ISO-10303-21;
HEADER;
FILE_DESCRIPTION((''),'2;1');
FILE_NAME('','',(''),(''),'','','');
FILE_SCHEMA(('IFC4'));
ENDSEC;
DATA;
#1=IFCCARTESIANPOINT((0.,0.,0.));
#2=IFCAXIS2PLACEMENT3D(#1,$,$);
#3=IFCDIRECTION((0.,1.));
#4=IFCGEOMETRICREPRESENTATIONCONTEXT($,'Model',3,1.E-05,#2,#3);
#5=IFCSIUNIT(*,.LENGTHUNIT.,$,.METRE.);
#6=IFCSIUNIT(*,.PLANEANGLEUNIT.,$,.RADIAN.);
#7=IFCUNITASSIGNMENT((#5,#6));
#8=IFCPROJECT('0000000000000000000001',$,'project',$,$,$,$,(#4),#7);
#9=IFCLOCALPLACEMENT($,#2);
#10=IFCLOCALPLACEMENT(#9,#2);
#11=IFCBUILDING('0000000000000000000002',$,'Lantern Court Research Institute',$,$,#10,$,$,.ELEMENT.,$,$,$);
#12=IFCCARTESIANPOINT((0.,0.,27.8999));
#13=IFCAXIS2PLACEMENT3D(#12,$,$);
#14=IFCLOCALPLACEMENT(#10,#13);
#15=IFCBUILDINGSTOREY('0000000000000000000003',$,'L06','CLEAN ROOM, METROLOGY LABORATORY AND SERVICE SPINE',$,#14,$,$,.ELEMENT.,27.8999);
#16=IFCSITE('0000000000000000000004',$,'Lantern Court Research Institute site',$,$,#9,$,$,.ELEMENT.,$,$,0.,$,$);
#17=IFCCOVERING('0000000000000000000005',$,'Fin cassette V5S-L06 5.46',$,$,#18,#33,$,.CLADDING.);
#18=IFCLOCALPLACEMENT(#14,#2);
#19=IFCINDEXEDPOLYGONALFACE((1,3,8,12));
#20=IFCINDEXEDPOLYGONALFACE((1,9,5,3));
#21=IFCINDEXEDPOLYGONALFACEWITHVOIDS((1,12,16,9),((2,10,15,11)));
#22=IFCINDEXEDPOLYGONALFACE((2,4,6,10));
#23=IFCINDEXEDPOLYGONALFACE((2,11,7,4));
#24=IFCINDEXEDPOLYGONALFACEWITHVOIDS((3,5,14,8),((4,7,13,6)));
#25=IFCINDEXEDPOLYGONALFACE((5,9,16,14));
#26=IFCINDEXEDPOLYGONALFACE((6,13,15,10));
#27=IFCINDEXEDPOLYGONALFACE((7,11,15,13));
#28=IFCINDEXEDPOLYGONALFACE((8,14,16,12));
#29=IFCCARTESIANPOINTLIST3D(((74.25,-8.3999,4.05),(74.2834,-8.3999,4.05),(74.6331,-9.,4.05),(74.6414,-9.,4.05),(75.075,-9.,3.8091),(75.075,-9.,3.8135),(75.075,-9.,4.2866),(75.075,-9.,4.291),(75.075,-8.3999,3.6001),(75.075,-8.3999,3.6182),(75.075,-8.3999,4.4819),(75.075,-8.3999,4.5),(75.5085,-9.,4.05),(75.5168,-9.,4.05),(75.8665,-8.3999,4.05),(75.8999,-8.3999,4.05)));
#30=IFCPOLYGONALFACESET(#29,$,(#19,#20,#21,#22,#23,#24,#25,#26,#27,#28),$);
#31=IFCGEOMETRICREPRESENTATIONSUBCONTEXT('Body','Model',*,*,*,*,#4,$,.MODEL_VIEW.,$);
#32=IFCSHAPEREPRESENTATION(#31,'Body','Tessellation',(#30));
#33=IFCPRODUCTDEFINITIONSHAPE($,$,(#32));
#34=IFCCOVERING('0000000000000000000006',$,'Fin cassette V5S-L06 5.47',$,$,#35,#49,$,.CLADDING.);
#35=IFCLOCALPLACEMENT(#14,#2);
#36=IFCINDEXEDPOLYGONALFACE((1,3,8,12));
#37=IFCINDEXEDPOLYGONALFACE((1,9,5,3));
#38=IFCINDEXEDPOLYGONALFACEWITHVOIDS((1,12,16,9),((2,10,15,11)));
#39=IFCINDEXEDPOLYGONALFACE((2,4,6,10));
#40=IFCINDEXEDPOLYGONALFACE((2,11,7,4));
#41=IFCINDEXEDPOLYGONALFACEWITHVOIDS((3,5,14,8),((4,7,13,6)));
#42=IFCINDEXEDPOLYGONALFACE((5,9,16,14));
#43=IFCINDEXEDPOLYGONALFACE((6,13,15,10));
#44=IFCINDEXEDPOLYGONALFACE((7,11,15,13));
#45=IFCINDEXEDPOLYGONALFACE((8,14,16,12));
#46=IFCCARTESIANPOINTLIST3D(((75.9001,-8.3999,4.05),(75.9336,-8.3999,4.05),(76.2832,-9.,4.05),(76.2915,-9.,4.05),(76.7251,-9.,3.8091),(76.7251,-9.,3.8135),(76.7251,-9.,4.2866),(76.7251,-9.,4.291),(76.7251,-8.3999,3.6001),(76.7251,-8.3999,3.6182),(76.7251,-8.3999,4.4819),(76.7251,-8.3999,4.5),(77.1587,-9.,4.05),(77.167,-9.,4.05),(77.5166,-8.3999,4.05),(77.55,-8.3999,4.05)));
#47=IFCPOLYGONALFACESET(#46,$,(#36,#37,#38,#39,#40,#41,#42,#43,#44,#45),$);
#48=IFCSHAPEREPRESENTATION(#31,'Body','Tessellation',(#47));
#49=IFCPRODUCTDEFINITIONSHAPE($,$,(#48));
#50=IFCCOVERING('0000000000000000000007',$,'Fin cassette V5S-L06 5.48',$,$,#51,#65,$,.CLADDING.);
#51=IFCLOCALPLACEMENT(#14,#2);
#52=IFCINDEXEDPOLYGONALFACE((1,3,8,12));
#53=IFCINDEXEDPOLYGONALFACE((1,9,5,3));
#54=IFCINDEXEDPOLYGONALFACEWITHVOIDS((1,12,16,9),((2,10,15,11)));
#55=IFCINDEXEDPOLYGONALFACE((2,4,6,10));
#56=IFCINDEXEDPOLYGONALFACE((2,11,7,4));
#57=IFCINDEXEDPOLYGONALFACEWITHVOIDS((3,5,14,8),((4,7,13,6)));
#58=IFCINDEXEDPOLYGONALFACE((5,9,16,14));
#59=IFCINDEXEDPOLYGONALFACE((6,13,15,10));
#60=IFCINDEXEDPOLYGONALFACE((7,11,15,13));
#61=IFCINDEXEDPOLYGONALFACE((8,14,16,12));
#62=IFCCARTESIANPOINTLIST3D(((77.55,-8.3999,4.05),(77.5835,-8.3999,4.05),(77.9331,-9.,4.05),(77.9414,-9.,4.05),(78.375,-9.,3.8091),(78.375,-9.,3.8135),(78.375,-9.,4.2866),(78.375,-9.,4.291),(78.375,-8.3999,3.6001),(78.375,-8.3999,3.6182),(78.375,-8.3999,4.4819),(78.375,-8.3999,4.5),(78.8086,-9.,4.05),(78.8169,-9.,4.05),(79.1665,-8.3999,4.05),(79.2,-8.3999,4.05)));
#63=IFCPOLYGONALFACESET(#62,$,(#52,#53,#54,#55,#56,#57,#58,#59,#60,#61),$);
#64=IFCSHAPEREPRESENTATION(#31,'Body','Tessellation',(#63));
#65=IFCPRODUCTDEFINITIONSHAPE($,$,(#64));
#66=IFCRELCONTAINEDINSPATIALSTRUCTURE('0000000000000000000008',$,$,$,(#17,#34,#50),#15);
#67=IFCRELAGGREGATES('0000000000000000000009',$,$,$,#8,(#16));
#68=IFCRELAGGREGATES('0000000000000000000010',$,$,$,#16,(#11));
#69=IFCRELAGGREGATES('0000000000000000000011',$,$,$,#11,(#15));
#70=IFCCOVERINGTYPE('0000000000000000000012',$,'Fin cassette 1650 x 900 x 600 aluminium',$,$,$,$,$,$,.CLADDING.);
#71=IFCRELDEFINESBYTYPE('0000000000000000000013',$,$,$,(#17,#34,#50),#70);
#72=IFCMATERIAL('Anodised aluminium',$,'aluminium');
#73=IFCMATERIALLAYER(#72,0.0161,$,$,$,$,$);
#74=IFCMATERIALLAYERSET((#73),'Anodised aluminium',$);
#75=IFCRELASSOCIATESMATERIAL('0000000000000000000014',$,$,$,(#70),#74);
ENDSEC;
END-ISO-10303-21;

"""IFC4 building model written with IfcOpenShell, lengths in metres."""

from ifc_helpers import new_model, entity, si_unit, direction, frame, origin, place, context, subcontext, project, spatial, material, layer, layer_set, type_object, element, save


model = new_model("IFC4")

# Units and contexts
model_context = context("Model", 3, precision=1e-05, world=origin(), true_north=direction((0.0, 1.0)))
body_context = subcontext(model_context, "Body", "Model", "MODEL_VIEW")
ifc_project = project(units=[si_unit("LENGTHUNIT", "METRE"), si_unit("PLANEANGLEUNIT", "RADIAN")], contexts=[model_context])

# Site, building, storey
site_placement = place(None, origin())
site = spatial("IfcSite", under=ifc_project, at=site_placement, Name="Lantern Court Research Institute site", CompositionType="ELEMENT", RefElevation=0.0)
building_placement = place(site_placement, origin())
building = spatial("IfcBuilding", under=site, at=building_placement, Name="Lantern Court Research Institute", CompositionType="ELEMENT")
storey_placement = place(building_placement, frame((0.0, 0.0, 27.8999)))
storey = spatial("IfcBuildingStorey", under=building, at=storey_placement, Name="L06", Description="CLEAN ROOM, METROLOGY LABORATORY AND SERVICE SPINE", CompositionType="ELEMENT", Elevation=27.8999)

# Coverings
ifc_material_1 = material(Name="Anodised aluminium", Category="aluminium")
ifc_layer_1 = layer(ifc_material_1, 0.0161)
ifc_layer_set_1 = layer_set([ifc_layer_1], Name="Anodised aluminium")
covering_type = type_object("IfcCoveringType", Name="Fin cassette 1650 x 900 x 600 aluminium", PredefinedType="CLADDING", material=ifc_layer_set_1)
covering_1_placement = place(storey_placement, frame((75.075, -8.3999, 4.05), z_axis=(0.0, -1.0, 0.0), x_axis=(1.0, 0.0, 0.0)))
cartesian_point_1 = entity("IfcCartesianPoint", [0.825, 0.0])
cartesian_point_2 = entity("IfcCartesianPoint", [0.7915, 0.0])
cartesian_point_3 = entity("IfcCartesianPoint", [0.4419, 0.0])
cartesian_point_4 = entity("IfcCartesianPoint", [0.4336, 0.0])
element("IfcCovering", 1, at=covering_1_placement, inside=storey, type_object=covering_type, Name="Fin cassette V5S-L06 5.46", PredefinedType="CLADDING", context=body_context, shape_type="SweptSolid", body=[
    entity("IfcExtrudedAreaSolidTapered", entity("IfcArbitraryProfileDefWithVoids", "AREA", None, entity("IfcPolyline", [cartesian_point_1, entity("IfcCartesianPoint", [0.0, 0.45]), entity("IfcCartesianPoint", [-0.825, 0.0]), entity("IfcCartesianPoint", [0.0, -0.45]), cartesian_point_1]), [entity("IfcPolyline", [cartesian_point_2, entity("IfcCartesianPoint", [0.0, 0.4319]), entity("IfcCartesianPoint", [-0.7915, 0.0]), entity("IfcCartesianPoint", [0.0, -0.4319]), cartesian_point_2])]), entity("IfcAxis2Placement3D", entity("IfcCartesianPoint", [0.0, 0.0, 0.0])), entity("IfcDirection", [0.0, 0.0, 1.0]), 0.6001, entity("IfcArbitraryProfileDefWithVoids", "AREA", None, entity("IfcPolyline", [cartesian_point_3, entity("IfcCartesianPoint", [0.0, 0.241]), entity("IfcCartesianPoint", [-0.4419, 0.0]), entity("IfcCartesianPoint", [0.0, -0.241]), cartesian_point_3]), [entity("IfcPolyline", [cartesian_point_4, entity("IfcCartesianPoint", [0.0, 0.2366]), entity("IfcCartesianPoint", [-0.4336, 0.0]), entity("IfcCartesianPoint", [0.0, -0.2366]), cartesian_point_4])])),
])
covering_2_placement = place(storey_placement, frame((76.7251, -8.3999, 4.05), z_axis=(0.0, -1.0, 0.0), x_axis=(1.0, 0.0, 0.0)))
cartesian_point_5 = entity("IfcCartesianPoint", [0.825, 0.0])
cartesian_point_6 = entity("IfcCartesianPoint", [0.7915, 0.0])
cartesian_point_7 = entity("IfcCartesianPoint", [0.4419, 0.0])
cartesian_point_8 = entity("IfcCartesianPoint", [0.4336, 0.0])
element("IfcCovering", 2, at=covering_2_placement, inside=storey, type_object=covering_type, Name="Fin cassette V5S-L06 5.47", PredefinedType="CLADDING", context=body_context, shape_type="SweptSolid", body=[
    entity("IfcExtrudedAreaSolidTapered", entity("IfcArbitraryProfileDefWithVoids", "AREA", None, entity("IfcPolyline", [cartesian_point_5, entity("IfcCartesianPoint", [0.0, 0.45]), entity("IfcCartesianPoint", [-0.825, 0.0]), entity("IfcCartesianPoint", [0.0, -0.45]), cartesian_point_5]), [entity("IfcPolyline", [cartesian_point_6, entity("IfcCartesianPoint", [0.0, 0.4319]), entity("IfcCartesianPoint", [-0.7915, 0.0]), entity("IfcCartesianPoint", [0.0, -0.4319]), cartesian_point_6])]), entity("IfcAxis2Placement3D", entity("IfcCartesianPoint", [0.0, 0.0, 0.0])), entity("IfcDirection", [0.0, 0.0, 1.0]), 0.6001, entity("IfcArbitraryProfileDefWithVoids", "AREA", None, entity("IfcPolyline", [cartesian_point_7, entity("IfcCartesianPoint", [0.0, 0.241]), entity("IfcCartesianPoint", [-0.4419, 0.0]), entity("IfcCartesianPoint", [0.0, -0.241]), cartesian_point_7]), [entity("IfcPolyline", [cartesian_point_8, entity("IfcCartesianPoint", [0.0, 0.2366]), entity("IfcCartesianPoint", [-0.4336, 0.0]), entity("IfcCartesianPoint", [0.0, -0.2366]), cartesian_point_8])])),
])
covering_3_placement = place(storey_placement, frame((78.375, -8.3999, 4.05), z_axis=(0.0, -1.0, 0.0), x_axis=(1.0, 0.0, 0.0)))
cartesian_point_9 = entity("IfcCartesianPoint", [0.825, 0.0])
cartesian_point_10 = entity("IfcCartesianPoint", [0.7915, 0.0])
cartesian_point_11 = entity("IfcCartesianPoint", [0.4419, 0.0])
cartesian_point_12 = entity("IfcCartesianPoint", [0.4336, 0.0])
element("IfcCovering", 3, at=covering_3_placement, inside=storey, type_object=covering_type, Name="Fin cassette V5S-L06 5.48", PredefinedType="CLADDING", context=body_context, shape_type="SweptSolid", body=[
    entity("IfcExtrudedAreaSolidTapered", entity("IfcArbitraryProfileDefWithVoids", "AREA", None, entity("IfcPolyline", [cartesian_point_9, entity("IfcCartesianPoint", [0.0, 0.45]), entity("IfcCartesianPoint", [-0.825, 0.0]), entity("IfcCartesianPoint", [0.0, -0.45]), cartesian_point_9]), [entity("IfcPolyline", [cartesian_point_10, entity("IfcCartesianPoint", [0.0, 0.4319]), entity("IfcCartesianPoint", [-0.7915, 0.0]), entity("IfcCartesianPoint", [0.0, -0.4319]), cartesian_point_10])]), entity("IfcAxis2Placement3D", entity("IfcCartesianPoint", [0.0, 0.0, 0.0])), entity("IfcDirection", [0.0, 0.0, 1.0]), 0.6001, entity("IfcArbitraryProfileDefWithVoids", "AREA", None, entity("IfcPolyline", [cartesian_point_11, entity("IfcCartesianPoint", [0.0, 0.241]), entity("IfcCartesianPoint", [-0.4419, 0.0]), entity("IfcCartesianPoint", [0.0, -0.241]), cartesian_point_11]), [entity("IfcPolyline", [cartesian_point_12, entity("IfcCartesianPoint", [0.0, 0.2366]), entity("IfcCartesianPoint", [-0.4336, 0.0]), entity("IfcCartesianPoint", [0.0, -0.2366]), cartesian_point_12])])),
])

save(model, "model.ifc")
